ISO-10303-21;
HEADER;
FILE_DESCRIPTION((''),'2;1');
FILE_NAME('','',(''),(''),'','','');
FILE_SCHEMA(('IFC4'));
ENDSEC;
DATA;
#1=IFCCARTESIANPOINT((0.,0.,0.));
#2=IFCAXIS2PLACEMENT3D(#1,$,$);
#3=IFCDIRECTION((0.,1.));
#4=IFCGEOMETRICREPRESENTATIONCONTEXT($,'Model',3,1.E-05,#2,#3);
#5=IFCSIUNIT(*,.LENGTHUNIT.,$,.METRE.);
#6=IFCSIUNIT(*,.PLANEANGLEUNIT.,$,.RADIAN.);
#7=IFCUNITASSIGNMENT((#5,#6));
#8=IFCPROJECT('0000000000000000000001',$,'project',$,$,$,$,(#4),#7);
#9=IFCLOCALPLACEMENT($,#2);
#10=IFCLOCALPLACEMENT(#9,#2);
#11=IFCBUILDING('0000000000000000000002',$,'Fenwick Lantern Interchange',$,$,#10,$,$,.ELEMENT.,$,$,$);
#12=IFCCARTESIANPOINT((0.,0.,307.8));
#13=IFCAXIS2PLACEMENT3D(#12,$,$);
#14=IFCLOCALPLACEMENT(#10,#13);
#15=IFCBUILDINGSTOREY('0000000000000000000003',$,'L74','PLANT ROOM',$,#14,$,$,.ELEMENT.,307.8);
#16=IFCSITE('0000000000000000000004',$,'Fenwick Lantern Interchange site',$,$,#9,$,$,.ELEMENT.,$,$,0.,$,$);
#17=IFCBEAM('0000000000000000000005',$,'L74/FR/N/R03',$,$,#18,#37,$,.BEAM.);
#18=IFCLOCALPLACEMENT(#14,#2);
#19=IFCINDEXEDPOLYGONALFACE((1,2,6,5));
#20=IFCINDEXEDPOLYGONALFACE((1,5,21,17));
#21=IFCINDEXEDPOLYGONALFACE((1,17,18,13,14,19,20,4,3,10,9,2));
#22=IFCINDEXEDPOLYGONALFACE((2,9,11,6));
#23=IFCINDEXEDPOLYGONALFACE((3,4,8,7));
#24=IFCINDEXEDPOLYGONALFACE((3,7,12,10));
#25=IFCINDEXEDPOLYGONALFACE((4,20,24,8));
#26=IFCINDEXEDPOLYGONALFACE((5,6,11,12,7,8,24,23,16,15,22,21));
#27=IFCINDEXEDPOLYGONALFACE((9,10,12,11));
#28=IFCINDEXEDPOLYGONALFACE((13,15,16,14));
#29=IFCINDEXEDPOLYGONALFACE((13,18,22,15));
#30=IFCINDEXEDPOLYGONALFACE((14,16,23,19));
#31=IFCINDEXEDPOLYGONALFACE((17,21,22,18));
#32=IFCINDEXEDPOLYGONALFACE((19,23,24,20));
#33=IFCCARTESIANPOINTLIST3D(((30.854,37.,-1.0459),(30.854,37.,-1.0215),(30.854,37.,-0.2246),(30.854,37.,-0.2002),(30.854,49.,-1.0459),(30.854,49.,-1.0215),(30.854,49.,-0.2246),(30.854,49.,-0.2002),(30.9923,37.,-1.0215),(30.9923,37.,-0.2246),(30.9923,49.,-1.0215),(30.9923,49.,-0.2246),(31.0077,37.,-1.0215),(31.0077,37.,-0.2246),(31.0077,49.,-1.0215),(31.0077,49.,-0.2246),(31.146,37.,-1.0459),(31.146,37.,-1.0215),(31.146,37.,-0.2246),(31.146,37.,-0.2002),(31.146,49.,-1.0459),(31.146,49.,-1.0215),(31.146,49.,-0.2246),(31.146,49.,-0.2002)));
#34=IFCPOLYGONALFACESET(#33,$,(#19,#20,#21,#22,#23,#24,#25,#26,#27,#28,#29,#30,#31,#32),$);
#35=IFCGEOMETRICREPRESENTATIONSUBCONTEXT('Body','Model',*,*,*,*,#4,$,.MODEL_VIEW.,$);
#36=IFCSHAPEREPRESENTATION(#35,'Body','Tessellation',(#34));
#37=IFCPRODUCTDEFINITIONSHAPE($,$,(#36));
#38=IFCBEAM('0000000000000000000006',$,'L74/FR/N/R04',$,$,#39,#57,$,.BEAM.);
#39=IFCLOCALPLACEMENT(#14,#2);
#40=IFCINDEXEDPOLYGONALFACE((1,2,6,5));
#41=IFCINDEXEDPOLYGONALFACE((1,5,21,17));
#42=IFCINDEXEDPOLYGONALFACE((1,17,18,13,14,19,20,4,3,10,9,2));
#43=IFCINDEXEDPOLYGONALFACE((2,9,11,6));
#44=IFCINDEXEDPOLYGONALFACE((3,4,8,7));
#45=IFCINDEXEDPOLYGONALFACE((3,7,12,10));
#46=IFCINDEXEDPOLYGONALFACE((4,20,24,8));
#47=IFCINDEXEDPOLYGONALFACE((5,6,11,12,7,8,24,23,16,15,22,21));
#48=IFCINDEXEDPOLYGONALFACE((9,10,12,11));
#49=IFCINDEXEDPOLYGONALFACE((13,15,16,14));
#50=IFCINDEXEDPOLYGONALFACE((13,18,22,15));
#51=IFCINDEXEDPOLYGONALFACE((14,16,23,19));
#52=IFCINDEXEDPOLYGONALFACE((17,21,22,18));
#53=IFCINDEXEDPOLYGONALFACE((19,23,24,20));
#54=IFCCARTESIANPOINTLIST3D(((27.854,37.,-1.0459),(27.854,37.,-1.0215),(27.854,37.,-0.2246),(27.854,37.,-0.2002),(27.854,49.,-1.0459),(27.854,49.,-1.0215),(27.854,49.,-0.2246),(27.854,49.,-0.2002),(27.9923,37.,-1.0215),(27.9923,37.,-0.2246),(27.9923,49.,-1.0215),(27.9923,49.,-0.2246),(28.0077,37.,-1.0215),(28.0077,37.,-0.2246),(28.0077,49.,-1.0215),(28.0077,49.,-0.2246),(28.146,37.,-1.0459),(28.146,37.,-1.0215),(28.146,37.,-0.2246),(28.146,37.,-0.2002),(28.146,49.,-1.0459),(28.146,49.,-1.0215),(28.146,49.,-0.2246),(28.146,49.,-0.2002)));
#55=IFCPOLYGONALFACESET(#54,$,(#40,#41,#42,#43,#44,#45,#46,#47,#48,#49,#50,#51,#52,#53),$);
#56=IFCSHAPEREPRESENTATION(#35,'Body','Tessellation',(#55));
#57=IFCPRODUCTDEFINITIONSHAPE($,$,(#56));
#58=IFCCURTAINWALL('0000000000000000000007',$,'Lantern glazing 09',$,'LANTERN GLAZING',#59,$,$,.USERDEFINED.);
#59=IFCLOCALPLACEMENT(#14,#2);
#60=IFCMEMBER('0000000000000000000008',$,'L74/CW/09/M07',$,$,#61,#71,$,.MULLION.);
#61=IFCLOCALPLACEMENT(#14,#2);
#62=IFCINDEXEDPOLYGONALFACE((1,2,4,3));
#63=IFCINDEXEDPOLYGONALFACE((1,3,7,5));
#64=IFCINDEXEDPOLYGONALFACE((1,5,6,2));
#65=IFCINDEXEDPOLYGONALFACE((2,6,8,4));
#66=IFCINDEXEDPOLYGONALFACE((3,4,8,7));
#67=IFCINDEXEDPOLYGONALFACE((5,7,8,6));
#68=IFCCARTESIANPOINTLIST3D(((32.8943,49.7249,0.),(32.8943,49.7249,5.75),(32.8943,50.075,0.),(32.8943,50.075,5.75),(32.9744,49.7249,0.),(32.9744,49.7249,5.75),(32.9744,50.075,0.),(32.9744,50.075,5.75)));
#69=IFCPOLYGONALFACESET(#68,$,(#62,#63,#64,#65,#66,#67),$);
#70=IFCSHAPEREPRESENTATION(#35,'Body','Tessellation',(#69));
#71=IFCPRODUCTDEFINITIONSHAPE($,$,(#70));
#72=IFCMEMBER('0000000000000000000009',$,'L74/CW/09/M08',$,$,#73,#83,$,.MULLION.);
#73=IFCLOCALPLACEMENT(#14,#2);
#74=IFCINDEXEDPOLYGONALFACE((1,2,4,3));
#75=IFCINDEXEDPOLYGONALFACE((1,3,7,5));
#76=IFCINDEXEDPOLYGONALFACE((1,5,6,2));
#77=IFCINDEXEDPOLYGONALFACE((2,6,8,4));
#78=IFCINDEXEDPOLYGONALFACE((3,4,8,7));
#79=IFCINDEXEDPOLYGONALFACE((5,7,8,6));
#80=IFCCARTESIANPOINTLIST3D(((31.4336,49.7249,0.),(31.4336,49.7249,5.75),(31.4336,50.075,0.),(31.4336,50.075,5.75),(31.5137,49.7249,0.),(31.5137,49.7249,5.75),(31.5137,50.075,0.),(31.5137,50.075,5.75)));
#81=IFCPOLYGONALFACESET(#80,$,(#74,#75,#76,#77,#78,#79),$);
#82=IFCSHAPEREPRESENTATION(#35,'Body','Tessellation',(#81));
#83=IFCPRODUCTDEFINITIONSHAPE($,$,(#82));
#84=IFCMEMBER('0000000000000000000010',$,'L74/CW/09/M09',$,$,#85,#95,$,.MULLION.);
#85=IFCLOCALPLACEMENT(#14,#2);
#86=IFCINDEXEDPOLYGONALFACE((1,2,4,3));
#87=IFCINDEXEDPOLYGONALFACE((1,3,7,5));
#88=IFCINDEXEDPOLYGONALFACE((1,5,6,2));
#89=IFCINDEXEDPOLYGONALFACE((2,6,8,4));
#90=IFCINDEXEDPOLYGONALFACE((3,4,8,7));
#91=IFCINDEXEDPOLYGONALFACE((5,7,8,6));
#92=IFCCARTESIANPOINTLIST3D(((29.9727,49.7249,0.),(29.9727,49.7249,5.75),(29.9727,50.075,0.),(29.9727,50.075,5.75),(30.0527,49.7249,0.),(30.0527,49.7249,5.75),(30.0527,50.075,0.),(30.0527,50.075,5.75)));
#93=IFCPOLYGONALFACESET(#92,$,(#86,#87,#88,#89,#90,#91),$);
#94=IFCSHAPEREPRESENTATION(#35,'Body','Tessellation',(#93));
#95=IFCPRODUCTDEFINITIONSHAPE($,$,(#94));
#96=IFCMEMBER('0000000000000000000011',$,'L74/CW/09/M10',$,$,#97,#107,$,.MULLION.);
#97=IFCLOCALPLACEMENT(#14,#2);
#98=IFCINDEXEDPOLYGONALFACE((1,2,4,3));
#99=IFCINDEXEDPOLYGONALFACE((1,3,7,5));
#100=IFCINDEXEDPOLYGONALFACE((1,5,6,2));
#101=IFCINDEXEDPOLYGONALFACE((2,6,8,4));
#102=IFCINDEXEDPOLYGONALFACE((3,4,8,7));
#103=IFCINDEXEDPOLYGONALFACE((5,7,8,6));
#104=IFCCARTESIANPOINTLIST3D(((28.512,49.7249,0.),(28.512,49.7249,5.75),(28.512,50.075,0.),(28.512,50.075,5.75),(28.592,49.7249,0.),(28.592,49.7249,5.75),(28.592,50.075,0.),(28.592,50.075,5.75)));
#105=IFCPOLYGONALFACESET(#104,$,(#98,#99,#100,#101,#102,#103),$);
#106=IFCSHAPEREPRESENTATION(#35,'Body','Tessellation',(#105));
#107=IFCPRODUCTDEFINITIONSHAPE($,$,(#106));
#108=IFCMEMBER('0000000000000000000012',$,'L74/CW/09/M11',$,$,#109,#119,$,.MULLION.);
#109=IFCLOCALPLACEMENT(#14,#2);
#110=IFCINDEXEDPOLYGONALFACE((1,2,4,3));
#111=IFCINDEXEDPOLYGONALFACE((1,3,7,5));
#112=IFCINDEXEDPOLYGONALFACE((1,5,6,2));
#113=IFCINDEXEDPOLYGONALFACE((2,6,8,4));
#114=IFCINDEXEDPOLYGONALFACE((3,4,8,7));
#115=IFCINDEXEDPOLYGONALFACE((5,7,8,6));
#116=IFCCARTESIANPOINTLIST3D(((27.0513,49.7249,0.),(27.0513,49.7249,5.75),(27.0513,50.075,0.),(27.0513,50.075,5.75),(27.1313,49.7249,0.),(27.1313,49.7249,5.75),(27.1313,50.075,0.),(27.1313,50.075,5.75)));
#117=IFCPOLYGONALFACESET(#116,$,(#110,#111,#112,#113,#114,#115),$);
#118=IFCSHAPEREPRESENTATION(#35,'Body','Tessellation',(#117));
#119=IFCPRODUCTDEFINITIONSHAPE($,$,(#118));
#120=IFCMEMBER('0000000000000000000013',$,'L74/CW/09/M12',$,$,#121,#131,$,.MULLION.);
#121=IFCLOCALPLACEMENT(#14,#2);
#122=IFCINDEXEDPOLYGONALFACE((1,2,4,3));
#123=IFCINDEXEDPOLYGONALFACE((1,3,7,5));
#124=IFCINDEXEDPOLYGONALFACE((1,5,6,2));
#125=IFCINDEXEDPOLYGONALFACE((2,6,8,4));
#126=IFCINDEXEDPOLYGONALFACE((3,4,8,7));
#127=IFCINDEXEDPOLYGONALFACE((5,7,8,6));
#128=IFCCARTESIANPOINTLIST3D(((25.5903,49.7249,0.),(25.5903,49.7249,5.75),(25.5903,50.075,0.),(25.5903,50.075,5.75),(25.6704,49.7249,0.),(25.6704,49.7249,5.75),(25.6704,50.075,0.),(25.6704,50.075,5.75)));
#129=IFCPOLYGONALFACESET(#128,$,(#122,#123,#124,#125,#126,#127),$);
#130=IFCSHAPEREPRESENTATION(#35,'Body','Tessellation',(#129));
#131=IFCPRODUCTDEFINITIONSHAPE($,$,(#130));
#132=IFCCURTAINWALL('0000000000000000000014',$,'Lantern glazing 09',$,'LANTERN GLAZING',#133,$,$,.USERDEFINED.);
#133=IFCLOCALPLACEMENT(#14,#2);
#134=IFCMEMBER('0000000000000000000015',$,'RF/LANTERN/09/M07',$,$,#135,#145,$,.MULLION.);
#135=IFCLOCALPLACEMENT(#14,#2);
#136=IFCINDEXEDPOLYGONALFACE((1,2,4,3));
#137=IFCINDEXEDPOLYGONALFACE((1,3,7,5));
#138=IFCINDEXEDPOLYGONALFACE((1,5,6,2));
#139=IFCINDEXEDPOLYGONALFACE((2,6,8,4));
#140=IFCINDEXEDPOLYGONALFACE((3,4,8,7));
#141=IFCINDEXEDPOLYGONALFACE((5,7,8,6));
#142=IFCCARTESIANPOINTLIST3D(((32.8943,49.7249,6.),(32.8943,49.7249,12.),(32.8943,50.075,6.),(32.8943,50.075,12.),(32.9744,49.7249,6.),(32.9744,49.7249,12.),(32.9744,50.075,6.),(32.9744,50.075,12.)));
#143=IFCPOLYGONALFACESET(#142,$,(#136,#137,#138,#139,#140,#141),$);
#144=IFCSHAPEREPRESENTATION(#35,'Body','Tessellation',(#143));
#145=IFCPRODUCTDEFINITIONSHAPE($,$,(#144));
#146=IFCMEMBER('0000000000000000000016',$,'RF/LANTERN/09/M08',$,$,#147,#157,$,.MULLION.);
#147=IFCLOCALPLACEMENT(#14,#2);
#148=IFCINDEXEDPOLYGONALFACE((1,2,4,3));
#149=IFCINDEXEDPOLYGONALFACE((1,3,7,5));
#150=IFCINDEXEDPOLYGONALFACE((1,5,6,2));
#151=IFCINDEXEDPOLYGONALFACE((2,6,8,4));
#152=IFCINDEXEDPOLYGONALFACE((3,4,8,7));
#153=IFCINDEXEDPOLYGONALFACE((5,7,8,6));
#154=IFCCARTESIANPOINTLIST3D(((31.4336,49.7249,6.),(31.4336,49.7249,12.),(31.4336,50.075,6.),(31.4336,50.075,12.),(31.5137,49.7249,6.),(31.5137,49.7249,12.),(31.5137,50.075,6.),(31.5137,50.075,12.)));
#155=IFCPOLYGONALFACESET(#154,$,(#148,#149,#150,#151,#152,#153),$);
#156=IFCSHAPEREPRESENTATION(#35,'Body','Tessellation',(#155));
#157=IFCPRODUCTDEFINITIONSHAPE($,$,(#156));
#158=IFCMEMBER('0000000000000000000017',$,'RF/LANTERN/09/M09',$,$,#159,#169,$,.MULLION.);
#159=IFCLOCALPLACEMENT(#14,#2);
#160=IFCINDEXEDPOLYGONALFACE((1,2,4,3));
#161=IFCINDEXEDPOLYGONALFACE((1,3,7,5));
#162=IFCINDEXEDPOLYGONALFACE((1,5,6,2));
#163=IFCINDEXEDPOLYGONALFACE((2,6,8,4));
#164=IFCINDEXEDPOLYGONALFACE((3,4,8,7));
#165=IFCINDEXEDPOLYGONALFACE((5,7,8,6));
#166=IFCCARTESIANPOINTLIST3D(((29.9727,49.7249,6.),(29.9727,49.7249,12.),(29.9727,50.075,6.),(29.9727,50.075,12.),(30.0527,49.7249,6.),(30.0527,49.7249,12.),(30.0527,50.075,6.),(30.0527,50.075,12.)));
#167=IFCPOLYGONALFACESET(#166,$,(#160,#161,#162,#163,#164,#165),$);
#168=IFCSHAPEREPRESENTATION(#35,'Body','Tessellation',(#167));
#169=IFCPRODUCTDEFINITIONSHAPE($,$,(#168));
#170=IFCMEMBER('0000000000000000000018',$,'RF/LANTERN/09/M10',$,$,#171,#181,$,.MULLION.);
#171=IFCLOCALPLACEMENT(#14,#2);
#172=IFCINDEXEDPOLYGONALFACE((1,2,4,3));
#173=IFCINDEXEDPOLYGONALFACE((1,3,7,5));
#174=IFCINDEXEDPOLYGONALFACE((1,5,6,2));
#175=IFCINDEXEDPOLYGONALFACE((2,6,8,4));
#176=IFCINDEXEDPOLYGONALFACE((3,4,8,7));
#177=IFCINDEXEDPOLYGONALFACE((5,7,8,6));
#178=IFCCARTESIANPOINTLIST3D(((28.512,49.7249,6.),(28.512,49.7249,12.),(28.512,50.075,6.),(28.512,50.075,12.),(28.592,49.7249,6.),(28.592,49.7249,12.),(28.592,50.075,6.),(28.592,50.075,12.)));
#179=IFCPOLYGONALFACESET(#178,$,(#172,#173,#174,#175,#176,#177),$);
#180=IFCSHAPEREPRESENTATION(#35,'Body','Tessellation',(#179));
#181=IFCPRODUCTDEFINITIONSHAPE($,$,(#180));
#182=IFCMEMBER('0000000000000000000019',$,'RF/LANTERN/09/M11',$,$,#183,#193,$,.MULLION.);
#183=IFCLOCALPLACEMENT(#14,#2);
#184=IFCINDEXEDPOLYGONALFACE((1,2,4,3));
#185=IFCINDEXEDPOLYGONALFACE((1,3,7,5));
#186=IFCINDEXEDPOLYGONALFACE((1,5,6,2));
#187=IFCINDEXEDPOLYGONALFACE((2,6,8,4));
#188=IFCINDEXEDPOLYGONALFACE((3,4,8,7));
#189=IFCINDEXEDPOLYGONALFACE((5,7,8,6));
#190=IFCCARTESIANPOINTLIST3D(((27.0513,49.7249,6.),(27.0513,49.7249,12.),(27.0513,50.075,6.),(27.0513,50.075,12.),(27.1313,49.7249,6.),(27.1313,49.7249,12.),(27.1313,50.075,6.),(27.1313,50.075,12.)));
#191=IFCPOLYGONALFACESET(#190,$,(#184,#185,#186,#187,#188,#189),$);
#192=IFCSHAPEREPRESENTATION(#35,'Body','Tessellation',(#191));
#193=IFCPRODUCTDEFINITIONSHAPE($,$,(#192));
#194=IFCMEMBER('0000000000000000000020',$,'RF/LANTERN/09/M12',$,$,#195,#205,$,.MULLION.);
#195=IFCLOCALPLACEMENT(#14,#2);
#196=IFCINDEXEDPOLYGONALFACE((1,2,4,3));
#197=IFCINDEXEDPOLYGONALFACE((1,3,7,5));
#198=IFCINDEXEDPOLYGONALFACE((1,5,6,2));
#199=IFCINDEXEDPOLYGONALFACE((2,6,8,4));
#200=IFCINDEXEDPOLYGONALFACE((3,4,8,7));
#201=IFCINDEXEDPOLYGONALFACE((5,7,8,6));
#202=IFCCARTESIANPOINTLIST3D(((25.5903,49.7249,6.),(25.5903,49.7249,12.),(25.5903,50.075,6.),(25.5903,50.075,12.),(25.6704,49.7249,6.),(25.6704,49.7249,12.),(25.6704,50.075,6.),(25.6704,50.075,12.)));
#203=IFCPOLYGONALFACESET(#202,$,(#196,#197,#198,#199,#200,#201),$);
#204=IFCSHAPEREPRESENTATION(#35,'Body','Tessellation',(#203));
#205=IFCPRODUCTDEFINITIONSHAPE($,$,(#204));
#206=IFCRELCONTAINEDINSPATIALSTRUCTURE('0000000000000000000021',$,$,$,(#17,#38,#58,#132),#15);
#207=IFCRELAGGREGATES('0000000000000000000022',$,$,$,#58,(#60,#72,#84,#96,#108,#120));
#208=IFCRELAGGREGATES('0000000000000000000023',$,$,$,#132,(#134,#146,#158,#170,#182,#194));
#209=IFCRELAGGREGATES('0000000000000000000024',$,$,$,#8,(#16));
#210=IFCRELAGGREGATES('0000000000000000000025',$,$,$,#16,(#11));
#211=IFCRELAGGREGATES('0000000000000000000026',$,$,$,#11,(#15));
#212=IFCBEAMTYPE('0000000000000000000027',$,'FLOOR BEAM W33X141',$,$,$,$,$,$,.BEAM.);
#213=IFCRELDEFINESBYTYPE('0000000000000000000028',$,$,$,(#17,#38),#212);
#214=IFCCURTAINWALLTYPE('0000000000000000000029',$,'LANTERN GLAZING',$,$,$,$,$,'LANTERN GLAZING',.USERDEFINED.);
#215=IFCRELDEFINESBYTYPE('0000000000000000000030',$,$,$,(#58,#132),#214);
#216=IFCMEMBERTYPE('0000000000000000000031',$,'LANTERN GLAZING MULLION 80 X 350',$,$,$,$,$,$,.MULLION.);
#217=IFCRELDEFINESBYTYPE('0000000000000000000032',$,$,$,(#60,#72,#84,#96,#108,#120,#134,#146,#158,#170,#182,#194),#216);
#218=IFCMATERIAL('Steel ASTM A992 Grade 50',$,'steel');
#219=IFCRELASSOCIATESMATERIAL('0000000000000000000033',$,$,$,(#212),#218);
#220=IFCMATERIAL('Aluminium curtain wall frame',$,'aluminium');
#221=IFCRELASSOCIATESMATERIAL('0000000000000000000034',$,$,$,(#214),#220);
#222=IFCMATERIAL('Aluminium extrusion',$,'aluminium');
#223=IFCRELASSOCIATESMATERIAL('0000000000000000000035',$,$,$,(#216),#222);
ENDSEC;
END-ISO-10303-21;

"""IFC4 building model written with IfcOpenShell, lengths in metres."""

from ifc_helpers import new_model, si_unit, direction, frame, origin, origin_2d, place, context, subcontext, project, spatial, rectangle, i_section, extrude, material, material_profile, profile_set, type_object, element, aggregate, save


model = new_model("IFC4")

# Units and contexts
model_context = context("Model", 3, precision=1e-05, world=origin(), true_north=direction((0.0, 1.0)))
body_context = subcontext(model_context, "Body", "Model", "MODEL_VIEW")
ifc_project = project(units=[si_unit("LENGTHUNIT", "METRE"), si_unit("PLANEANGLEUNIT", "RADIAN")], contexts=[model_context])

# Site, building, storey
site_placement = place(None, origin())
site = spatial("IfcSite", under=ifc_project, at=site_placement, Name="Fenwick Lantern Interchange site", CompositionType="ELEMENT", RefElevation=0.0)
building_placement = place(site_placement, origin())
building = spatial("IfcBuilding", under=site, at=building_placement, Name="Fenwick Lantern Interchange", CompositionType="ELEMENT")
storey_placement = place(building_placement, frame((0.0, 0.0, 307.8)))
storey = spatial("IfcBuildingStorey", under=building, at=storey_placement, Name="L74", Description="PLANT ROOM", CompositionType="ELEMENT", Elevation=307.8)

# Beams
ifc_material_1 = material(Name="Steel ASTM A992 Grade 50", Category="steel")
ifc_material_profile_1 = material_profile(ifc_material_1, i_section(OverallWidth=0.292, OverallDepth=0.8457, WebThickness=0.0154, FlangeThickness=0.0244, at=origin_2d()), Name="W33X141")
ifc_profile_set_1 = profile_set([ifc_material_profile_1], Name="Steel ASTM A992 Grade 50")
beam_type = type_object("IfcBeamType", Name="FLOOR BEAM W33X141", PredefinedType="BEAM", material=ifc_profile_set_1)
for number, where, z_axis, x_axis, name in (
    (1, (31.0, 49.0, -0.623), (0.0, -1.0, 0.0), (1.0, 0.0, 0.0), "L74/FR/N/R03"),
    (2, (28.0, 49.0, -0.623), (0.0, -1.0, 0.0), (1.0, 0.0, 0.0), "L74/FR/N/R04"),
):
    element("IfcBeam", number, at=place(storey_placement, frame(where, z_axis=z_axis, x_axis=x_axis)), inside=storey, type_object=beam_type, Name=name, PredefinedType="BEAM", context=body_context, shape_type="SweptSolid", body=[
        extrude(i_section(OverallWidth=0.292, OverallDepth=0.8457, WebThickness=0.0154, FlangeThickness=0.0244, at=origin_2d()), origin(), (0.0, 0.0, 1.0), 12.0),
    ])

# Curtain walls, members
ifc_material_2 = material(Name="Aluminium curtain wall frame", Category="aluminium")
curtain_wall_type = type_object("IfcCurtainWallType", Name="LANTERN GLAZING", ElementType="LANTERN GLAZING", PredefinedType="USERDEFINED", material=ifc_material_2)
curtain_wall_1_placement = place(storey_placement, origin())
curtain_wall_1 = element("IfcCurtainWall", 3, at=curtain_wall_1_placement, inside=storey, type_object=curtain_wall_type, Name="Lantern glazing 09", ObjectType="LANTERN GLAZING", PredefinedType="USERDEFINED")
ifc_material_3 = material(Name="Aluminium extrusion", Category="aluminium")
ifc_material_profile_2 = material_profile(ifc_material_3, rectangle(XDim=0.3501, YDim=0.0801, at=origin_2d()), Name="LANTERN GLAZING MULLION 80 X 350")
ifc_profile_set_2 = profile_set([ifc_material_profile_2], Name="Aluminium extrusion")
member_type_1 = type_object("IfcMemberType", Name="LANTERN GLAZING MULLION 80 X 350", PredefinedType="MULLION", material=ifc_profile_set_2)
member_1_placement = place(storey_placement, frame((32.9343, 49.8999, 0.0), z_axis=(0.0, 0.0, 1.0), x_axis=(0.0, -1.0, 0.0)))
member_1 = element("IfcMember", 4, at=member_1_placement, type_object=member_type_1, Name="L74/CW/09/M07", PredefinedType="MULLION", context=body_context, shape_type="SweptSolid", body=[
    extrude(rectangle(XDim=0.3501, YDim=0.0801, at=origin_2d()), origin(), (0.0, 0.0, 1.0), 5.75),
])
member_2_placement = place(storey_placement, frame((31.4736, 49.8999, 0.0), z_axis=(0.0, 0.0, 1.0), x_axis=(0.0, -1.0, 0.0)))
member_2 = element("IfcMember", 5, at=member_2_placement, type_object=member_type_1, Name="L74/CW/09/M08", PredefinedType="MULLION", context=body_context, shape_type="SweptSolid", body=[
    extrude(rectangle(XDim=0.3501, YDim=0.0801, at=origin_2d()), origin(), (0.0, 0.0, 1.0), 5.75),
])
member_3_placement = place(storey_placement, frame((30.0127, 49.8999, 0.0), z_axis=(0.0, 0.0, 1.0), x_axis=(0.0, -1.0, 0.0)))
member_3 = element("IfcMember", 6, at=member_3_placement, type_object=member_type_1, Name="L74/CW/09/M09", PredefinedType="MULLION", context=body_context, shape_type="SweptSolid", body=[
    extrude(rectangle(XDim=0.3501, YDim=0.0801, at=origin_2d()), origin(), (0.0, 0.0, 1.0), 5.75),
])
member_4_placement = place(storey_placement, frame((28.552, 49.8999, 0.0), z_axis=(0.0, 0.0, 1.0), x_axis=(0.0, -1.0, 0.0)))
member_4 = element("IfcMember", 7, at=member_4_placement, type_object=member_type_1, Name="L74/CW/09/M10", PredefinedType="MULLION", context=body_context, shape_type="SweptSolid", body=[
    extrude(rectangle(XDim=0.3501, YDim=0.0801, at=origin_2d()), origin(), (0.0, 0.0, 1.0), 5.75),
])
member_5_placement = place(storey_placement, frame((27.0913, 49.8999, 0.0), z_axis=(0.0, 0.0, 1.0), x_axis=(0.0, -1.0, 0.0)))
member_5 = element("IfcMember", 8, at=member_5_placement, type_object=member_type_1, Name="L74/CW/09/M11", PredefinedType="MULLION", context=body_context, shape_type="SweptSolid", body=[
    extrude(rectangle(XDim=0.3501, YDim=0.0801, at=origin_2d()), origin(), (0.0, 0.0, 1.0), 5.75),
])
member_6_placement = place(storey_placement, frame((25.6304, 49.8999, 0.0), z_axis=(0.0, 0.0, 1.0), x_axis=(0.0, -1.0, 0.0)))
member_6 = element("IfcMember", 9, at=member_6_placement, type_object=member_type_1, Name="L74/CW/09/M12", PredefinedType="MULLION", context=body_context, shape_type="SweptSolid", body=[
    extrude(rectangle(XDim=0.3501, YDim=0.0801, at=origin_2d()), origin(), (0.0, 0.0, 1.0), 5.75),
])
curtain_wall_2_placement = place(storey_placement, origin())
curtain_wall_2 = element("IfcCurtainWall", 10, at=curtain_wall_2_placement, inside=storey, type_object=curtain_wall_type, Name="Lantern glazing 09", ObjectType="LANTERN GLAZING", PredefinedType="USERDEFINED")
member_7_placement = place(storey_placement, frame((32.9343, 49.8999, 6.0), z_axis=(0.0, 0.0, 1.0), x_axis=(0.0, -1.0, 0.0)))
member_7 = element("IfcMember", 11, at=member_7_placement, type_object=member_type_1, Name="RF/LANTERN/09/M07", PredefinedType="MULLION", context=body_context, shape_type="SweptSolid", body=[
    extrude(rectangle(XDim=0.3501, YDim=0.0801, at=origin_2d()), origin(), (0.0, 0.0, 1.0), 6.0),
])
member_8_placement = place(storey_placement, frame((31.4736, 49.8999, 6.0), z_axis=(0.0, 0.0, 1.0), x_axis=(0.0, -1.0, 0.0)))
member_8 = element("IfcMember", 12, at=member_8_placement, type_object=member_type_1, Name="RF/LANTERN/09/M08", PredefinedType="MULLION", context=body_context, shape_type="SweptSolid", body=[
    extrude(rectangle(XDim=0.3501, YDim=0.0801, at=origin_2d()), origin(), (0.0, 0.0, 1.0), 6.0),
])
member_9_placement = place(storey_placement, frame((30.0127, 49.8999, 6.0), z_axis=(0.0, 0.0, 1.0), x_axis=(0.0, -1.0, 0.0)))
member_9 = element("IfcMember", 13, at=member_9_placement, type_object=member_type_1, Name="RF/LANTERN/09/M09", PredefinedType="MULLION", context=body_context, shape_type="SweptSolid", body=[
    extrude(rectangle(XDim=0.3501, YDim=0.0801, at=origin_2d()), origin(), (0.0, 0.0, 1.0), 6.0),
])
member_10_placement = place(storey_placement, frame((28.552, 49.8999, 6.0), z_axis=(0.0, 0.0, 1.0), x_axis=(0.0, -1.0, 0.0)))
member_10 = element("IfcMember", 14, at=member_10_placement, type_object=member_type_1, Name="RF/LANTERN/09/M10", PredefinedType="MULLION", context=body_context, shape_type="SweptSolid", body=[
    extrude(rectangle(XDim=0.3501, YDim=0.0801, at=origin_2d()), origin(), (0.0, 0.0, 1.0), 6.0),
])
member_11_placement = place(storey_placement, frame((27.0913, 49.8999, 6.0), z_axis=(0.0, 0.0, 1.0), x_axis=(0.0, -1.0, 0.0)))
member_11 = element("IfcMember", 15, at=member_11_placement, type_object=member_type_1, Name="RF/LANTERN/09/M11", PredefinedType="MULLION", context=body_context, shape_type="SweptSolid", body=[
    extrude(rectangle(XDim=0.3501, YDim=0.0801, at=origin_2d()), origin(), (0.0, 0.0, 1.0), 6.0),
])
member_12_placement = place(storey_placement, frame((25.6304, 49.8999, 6.0), z_axis=(0.0, 0.0, 1.0), x_axis=(0.0, -1.0, 0.0)))
member_12 = element("IfcMember", 16, at=member_12_placement, type_object=member_type_1, Name="RF/LANTERN/09/M12", PredefinedType="MULLION", context=body_context, shape_type="SweptSolid", body=[
    extrude(rectangle(XDim=0.3501, YDim=0.0801, at=origin_2d()), origin(), (0.0, 0.0, 1.0), 6.0),
])

aggregate(curtain_wall_1, [member_1, member_2, member_3, member_4, member_5, member_6])
aggregate(curtain_wall_2, [member_7, member_8, member_9, member_10, member_11, member_12])

save(model, "model.ifc")
